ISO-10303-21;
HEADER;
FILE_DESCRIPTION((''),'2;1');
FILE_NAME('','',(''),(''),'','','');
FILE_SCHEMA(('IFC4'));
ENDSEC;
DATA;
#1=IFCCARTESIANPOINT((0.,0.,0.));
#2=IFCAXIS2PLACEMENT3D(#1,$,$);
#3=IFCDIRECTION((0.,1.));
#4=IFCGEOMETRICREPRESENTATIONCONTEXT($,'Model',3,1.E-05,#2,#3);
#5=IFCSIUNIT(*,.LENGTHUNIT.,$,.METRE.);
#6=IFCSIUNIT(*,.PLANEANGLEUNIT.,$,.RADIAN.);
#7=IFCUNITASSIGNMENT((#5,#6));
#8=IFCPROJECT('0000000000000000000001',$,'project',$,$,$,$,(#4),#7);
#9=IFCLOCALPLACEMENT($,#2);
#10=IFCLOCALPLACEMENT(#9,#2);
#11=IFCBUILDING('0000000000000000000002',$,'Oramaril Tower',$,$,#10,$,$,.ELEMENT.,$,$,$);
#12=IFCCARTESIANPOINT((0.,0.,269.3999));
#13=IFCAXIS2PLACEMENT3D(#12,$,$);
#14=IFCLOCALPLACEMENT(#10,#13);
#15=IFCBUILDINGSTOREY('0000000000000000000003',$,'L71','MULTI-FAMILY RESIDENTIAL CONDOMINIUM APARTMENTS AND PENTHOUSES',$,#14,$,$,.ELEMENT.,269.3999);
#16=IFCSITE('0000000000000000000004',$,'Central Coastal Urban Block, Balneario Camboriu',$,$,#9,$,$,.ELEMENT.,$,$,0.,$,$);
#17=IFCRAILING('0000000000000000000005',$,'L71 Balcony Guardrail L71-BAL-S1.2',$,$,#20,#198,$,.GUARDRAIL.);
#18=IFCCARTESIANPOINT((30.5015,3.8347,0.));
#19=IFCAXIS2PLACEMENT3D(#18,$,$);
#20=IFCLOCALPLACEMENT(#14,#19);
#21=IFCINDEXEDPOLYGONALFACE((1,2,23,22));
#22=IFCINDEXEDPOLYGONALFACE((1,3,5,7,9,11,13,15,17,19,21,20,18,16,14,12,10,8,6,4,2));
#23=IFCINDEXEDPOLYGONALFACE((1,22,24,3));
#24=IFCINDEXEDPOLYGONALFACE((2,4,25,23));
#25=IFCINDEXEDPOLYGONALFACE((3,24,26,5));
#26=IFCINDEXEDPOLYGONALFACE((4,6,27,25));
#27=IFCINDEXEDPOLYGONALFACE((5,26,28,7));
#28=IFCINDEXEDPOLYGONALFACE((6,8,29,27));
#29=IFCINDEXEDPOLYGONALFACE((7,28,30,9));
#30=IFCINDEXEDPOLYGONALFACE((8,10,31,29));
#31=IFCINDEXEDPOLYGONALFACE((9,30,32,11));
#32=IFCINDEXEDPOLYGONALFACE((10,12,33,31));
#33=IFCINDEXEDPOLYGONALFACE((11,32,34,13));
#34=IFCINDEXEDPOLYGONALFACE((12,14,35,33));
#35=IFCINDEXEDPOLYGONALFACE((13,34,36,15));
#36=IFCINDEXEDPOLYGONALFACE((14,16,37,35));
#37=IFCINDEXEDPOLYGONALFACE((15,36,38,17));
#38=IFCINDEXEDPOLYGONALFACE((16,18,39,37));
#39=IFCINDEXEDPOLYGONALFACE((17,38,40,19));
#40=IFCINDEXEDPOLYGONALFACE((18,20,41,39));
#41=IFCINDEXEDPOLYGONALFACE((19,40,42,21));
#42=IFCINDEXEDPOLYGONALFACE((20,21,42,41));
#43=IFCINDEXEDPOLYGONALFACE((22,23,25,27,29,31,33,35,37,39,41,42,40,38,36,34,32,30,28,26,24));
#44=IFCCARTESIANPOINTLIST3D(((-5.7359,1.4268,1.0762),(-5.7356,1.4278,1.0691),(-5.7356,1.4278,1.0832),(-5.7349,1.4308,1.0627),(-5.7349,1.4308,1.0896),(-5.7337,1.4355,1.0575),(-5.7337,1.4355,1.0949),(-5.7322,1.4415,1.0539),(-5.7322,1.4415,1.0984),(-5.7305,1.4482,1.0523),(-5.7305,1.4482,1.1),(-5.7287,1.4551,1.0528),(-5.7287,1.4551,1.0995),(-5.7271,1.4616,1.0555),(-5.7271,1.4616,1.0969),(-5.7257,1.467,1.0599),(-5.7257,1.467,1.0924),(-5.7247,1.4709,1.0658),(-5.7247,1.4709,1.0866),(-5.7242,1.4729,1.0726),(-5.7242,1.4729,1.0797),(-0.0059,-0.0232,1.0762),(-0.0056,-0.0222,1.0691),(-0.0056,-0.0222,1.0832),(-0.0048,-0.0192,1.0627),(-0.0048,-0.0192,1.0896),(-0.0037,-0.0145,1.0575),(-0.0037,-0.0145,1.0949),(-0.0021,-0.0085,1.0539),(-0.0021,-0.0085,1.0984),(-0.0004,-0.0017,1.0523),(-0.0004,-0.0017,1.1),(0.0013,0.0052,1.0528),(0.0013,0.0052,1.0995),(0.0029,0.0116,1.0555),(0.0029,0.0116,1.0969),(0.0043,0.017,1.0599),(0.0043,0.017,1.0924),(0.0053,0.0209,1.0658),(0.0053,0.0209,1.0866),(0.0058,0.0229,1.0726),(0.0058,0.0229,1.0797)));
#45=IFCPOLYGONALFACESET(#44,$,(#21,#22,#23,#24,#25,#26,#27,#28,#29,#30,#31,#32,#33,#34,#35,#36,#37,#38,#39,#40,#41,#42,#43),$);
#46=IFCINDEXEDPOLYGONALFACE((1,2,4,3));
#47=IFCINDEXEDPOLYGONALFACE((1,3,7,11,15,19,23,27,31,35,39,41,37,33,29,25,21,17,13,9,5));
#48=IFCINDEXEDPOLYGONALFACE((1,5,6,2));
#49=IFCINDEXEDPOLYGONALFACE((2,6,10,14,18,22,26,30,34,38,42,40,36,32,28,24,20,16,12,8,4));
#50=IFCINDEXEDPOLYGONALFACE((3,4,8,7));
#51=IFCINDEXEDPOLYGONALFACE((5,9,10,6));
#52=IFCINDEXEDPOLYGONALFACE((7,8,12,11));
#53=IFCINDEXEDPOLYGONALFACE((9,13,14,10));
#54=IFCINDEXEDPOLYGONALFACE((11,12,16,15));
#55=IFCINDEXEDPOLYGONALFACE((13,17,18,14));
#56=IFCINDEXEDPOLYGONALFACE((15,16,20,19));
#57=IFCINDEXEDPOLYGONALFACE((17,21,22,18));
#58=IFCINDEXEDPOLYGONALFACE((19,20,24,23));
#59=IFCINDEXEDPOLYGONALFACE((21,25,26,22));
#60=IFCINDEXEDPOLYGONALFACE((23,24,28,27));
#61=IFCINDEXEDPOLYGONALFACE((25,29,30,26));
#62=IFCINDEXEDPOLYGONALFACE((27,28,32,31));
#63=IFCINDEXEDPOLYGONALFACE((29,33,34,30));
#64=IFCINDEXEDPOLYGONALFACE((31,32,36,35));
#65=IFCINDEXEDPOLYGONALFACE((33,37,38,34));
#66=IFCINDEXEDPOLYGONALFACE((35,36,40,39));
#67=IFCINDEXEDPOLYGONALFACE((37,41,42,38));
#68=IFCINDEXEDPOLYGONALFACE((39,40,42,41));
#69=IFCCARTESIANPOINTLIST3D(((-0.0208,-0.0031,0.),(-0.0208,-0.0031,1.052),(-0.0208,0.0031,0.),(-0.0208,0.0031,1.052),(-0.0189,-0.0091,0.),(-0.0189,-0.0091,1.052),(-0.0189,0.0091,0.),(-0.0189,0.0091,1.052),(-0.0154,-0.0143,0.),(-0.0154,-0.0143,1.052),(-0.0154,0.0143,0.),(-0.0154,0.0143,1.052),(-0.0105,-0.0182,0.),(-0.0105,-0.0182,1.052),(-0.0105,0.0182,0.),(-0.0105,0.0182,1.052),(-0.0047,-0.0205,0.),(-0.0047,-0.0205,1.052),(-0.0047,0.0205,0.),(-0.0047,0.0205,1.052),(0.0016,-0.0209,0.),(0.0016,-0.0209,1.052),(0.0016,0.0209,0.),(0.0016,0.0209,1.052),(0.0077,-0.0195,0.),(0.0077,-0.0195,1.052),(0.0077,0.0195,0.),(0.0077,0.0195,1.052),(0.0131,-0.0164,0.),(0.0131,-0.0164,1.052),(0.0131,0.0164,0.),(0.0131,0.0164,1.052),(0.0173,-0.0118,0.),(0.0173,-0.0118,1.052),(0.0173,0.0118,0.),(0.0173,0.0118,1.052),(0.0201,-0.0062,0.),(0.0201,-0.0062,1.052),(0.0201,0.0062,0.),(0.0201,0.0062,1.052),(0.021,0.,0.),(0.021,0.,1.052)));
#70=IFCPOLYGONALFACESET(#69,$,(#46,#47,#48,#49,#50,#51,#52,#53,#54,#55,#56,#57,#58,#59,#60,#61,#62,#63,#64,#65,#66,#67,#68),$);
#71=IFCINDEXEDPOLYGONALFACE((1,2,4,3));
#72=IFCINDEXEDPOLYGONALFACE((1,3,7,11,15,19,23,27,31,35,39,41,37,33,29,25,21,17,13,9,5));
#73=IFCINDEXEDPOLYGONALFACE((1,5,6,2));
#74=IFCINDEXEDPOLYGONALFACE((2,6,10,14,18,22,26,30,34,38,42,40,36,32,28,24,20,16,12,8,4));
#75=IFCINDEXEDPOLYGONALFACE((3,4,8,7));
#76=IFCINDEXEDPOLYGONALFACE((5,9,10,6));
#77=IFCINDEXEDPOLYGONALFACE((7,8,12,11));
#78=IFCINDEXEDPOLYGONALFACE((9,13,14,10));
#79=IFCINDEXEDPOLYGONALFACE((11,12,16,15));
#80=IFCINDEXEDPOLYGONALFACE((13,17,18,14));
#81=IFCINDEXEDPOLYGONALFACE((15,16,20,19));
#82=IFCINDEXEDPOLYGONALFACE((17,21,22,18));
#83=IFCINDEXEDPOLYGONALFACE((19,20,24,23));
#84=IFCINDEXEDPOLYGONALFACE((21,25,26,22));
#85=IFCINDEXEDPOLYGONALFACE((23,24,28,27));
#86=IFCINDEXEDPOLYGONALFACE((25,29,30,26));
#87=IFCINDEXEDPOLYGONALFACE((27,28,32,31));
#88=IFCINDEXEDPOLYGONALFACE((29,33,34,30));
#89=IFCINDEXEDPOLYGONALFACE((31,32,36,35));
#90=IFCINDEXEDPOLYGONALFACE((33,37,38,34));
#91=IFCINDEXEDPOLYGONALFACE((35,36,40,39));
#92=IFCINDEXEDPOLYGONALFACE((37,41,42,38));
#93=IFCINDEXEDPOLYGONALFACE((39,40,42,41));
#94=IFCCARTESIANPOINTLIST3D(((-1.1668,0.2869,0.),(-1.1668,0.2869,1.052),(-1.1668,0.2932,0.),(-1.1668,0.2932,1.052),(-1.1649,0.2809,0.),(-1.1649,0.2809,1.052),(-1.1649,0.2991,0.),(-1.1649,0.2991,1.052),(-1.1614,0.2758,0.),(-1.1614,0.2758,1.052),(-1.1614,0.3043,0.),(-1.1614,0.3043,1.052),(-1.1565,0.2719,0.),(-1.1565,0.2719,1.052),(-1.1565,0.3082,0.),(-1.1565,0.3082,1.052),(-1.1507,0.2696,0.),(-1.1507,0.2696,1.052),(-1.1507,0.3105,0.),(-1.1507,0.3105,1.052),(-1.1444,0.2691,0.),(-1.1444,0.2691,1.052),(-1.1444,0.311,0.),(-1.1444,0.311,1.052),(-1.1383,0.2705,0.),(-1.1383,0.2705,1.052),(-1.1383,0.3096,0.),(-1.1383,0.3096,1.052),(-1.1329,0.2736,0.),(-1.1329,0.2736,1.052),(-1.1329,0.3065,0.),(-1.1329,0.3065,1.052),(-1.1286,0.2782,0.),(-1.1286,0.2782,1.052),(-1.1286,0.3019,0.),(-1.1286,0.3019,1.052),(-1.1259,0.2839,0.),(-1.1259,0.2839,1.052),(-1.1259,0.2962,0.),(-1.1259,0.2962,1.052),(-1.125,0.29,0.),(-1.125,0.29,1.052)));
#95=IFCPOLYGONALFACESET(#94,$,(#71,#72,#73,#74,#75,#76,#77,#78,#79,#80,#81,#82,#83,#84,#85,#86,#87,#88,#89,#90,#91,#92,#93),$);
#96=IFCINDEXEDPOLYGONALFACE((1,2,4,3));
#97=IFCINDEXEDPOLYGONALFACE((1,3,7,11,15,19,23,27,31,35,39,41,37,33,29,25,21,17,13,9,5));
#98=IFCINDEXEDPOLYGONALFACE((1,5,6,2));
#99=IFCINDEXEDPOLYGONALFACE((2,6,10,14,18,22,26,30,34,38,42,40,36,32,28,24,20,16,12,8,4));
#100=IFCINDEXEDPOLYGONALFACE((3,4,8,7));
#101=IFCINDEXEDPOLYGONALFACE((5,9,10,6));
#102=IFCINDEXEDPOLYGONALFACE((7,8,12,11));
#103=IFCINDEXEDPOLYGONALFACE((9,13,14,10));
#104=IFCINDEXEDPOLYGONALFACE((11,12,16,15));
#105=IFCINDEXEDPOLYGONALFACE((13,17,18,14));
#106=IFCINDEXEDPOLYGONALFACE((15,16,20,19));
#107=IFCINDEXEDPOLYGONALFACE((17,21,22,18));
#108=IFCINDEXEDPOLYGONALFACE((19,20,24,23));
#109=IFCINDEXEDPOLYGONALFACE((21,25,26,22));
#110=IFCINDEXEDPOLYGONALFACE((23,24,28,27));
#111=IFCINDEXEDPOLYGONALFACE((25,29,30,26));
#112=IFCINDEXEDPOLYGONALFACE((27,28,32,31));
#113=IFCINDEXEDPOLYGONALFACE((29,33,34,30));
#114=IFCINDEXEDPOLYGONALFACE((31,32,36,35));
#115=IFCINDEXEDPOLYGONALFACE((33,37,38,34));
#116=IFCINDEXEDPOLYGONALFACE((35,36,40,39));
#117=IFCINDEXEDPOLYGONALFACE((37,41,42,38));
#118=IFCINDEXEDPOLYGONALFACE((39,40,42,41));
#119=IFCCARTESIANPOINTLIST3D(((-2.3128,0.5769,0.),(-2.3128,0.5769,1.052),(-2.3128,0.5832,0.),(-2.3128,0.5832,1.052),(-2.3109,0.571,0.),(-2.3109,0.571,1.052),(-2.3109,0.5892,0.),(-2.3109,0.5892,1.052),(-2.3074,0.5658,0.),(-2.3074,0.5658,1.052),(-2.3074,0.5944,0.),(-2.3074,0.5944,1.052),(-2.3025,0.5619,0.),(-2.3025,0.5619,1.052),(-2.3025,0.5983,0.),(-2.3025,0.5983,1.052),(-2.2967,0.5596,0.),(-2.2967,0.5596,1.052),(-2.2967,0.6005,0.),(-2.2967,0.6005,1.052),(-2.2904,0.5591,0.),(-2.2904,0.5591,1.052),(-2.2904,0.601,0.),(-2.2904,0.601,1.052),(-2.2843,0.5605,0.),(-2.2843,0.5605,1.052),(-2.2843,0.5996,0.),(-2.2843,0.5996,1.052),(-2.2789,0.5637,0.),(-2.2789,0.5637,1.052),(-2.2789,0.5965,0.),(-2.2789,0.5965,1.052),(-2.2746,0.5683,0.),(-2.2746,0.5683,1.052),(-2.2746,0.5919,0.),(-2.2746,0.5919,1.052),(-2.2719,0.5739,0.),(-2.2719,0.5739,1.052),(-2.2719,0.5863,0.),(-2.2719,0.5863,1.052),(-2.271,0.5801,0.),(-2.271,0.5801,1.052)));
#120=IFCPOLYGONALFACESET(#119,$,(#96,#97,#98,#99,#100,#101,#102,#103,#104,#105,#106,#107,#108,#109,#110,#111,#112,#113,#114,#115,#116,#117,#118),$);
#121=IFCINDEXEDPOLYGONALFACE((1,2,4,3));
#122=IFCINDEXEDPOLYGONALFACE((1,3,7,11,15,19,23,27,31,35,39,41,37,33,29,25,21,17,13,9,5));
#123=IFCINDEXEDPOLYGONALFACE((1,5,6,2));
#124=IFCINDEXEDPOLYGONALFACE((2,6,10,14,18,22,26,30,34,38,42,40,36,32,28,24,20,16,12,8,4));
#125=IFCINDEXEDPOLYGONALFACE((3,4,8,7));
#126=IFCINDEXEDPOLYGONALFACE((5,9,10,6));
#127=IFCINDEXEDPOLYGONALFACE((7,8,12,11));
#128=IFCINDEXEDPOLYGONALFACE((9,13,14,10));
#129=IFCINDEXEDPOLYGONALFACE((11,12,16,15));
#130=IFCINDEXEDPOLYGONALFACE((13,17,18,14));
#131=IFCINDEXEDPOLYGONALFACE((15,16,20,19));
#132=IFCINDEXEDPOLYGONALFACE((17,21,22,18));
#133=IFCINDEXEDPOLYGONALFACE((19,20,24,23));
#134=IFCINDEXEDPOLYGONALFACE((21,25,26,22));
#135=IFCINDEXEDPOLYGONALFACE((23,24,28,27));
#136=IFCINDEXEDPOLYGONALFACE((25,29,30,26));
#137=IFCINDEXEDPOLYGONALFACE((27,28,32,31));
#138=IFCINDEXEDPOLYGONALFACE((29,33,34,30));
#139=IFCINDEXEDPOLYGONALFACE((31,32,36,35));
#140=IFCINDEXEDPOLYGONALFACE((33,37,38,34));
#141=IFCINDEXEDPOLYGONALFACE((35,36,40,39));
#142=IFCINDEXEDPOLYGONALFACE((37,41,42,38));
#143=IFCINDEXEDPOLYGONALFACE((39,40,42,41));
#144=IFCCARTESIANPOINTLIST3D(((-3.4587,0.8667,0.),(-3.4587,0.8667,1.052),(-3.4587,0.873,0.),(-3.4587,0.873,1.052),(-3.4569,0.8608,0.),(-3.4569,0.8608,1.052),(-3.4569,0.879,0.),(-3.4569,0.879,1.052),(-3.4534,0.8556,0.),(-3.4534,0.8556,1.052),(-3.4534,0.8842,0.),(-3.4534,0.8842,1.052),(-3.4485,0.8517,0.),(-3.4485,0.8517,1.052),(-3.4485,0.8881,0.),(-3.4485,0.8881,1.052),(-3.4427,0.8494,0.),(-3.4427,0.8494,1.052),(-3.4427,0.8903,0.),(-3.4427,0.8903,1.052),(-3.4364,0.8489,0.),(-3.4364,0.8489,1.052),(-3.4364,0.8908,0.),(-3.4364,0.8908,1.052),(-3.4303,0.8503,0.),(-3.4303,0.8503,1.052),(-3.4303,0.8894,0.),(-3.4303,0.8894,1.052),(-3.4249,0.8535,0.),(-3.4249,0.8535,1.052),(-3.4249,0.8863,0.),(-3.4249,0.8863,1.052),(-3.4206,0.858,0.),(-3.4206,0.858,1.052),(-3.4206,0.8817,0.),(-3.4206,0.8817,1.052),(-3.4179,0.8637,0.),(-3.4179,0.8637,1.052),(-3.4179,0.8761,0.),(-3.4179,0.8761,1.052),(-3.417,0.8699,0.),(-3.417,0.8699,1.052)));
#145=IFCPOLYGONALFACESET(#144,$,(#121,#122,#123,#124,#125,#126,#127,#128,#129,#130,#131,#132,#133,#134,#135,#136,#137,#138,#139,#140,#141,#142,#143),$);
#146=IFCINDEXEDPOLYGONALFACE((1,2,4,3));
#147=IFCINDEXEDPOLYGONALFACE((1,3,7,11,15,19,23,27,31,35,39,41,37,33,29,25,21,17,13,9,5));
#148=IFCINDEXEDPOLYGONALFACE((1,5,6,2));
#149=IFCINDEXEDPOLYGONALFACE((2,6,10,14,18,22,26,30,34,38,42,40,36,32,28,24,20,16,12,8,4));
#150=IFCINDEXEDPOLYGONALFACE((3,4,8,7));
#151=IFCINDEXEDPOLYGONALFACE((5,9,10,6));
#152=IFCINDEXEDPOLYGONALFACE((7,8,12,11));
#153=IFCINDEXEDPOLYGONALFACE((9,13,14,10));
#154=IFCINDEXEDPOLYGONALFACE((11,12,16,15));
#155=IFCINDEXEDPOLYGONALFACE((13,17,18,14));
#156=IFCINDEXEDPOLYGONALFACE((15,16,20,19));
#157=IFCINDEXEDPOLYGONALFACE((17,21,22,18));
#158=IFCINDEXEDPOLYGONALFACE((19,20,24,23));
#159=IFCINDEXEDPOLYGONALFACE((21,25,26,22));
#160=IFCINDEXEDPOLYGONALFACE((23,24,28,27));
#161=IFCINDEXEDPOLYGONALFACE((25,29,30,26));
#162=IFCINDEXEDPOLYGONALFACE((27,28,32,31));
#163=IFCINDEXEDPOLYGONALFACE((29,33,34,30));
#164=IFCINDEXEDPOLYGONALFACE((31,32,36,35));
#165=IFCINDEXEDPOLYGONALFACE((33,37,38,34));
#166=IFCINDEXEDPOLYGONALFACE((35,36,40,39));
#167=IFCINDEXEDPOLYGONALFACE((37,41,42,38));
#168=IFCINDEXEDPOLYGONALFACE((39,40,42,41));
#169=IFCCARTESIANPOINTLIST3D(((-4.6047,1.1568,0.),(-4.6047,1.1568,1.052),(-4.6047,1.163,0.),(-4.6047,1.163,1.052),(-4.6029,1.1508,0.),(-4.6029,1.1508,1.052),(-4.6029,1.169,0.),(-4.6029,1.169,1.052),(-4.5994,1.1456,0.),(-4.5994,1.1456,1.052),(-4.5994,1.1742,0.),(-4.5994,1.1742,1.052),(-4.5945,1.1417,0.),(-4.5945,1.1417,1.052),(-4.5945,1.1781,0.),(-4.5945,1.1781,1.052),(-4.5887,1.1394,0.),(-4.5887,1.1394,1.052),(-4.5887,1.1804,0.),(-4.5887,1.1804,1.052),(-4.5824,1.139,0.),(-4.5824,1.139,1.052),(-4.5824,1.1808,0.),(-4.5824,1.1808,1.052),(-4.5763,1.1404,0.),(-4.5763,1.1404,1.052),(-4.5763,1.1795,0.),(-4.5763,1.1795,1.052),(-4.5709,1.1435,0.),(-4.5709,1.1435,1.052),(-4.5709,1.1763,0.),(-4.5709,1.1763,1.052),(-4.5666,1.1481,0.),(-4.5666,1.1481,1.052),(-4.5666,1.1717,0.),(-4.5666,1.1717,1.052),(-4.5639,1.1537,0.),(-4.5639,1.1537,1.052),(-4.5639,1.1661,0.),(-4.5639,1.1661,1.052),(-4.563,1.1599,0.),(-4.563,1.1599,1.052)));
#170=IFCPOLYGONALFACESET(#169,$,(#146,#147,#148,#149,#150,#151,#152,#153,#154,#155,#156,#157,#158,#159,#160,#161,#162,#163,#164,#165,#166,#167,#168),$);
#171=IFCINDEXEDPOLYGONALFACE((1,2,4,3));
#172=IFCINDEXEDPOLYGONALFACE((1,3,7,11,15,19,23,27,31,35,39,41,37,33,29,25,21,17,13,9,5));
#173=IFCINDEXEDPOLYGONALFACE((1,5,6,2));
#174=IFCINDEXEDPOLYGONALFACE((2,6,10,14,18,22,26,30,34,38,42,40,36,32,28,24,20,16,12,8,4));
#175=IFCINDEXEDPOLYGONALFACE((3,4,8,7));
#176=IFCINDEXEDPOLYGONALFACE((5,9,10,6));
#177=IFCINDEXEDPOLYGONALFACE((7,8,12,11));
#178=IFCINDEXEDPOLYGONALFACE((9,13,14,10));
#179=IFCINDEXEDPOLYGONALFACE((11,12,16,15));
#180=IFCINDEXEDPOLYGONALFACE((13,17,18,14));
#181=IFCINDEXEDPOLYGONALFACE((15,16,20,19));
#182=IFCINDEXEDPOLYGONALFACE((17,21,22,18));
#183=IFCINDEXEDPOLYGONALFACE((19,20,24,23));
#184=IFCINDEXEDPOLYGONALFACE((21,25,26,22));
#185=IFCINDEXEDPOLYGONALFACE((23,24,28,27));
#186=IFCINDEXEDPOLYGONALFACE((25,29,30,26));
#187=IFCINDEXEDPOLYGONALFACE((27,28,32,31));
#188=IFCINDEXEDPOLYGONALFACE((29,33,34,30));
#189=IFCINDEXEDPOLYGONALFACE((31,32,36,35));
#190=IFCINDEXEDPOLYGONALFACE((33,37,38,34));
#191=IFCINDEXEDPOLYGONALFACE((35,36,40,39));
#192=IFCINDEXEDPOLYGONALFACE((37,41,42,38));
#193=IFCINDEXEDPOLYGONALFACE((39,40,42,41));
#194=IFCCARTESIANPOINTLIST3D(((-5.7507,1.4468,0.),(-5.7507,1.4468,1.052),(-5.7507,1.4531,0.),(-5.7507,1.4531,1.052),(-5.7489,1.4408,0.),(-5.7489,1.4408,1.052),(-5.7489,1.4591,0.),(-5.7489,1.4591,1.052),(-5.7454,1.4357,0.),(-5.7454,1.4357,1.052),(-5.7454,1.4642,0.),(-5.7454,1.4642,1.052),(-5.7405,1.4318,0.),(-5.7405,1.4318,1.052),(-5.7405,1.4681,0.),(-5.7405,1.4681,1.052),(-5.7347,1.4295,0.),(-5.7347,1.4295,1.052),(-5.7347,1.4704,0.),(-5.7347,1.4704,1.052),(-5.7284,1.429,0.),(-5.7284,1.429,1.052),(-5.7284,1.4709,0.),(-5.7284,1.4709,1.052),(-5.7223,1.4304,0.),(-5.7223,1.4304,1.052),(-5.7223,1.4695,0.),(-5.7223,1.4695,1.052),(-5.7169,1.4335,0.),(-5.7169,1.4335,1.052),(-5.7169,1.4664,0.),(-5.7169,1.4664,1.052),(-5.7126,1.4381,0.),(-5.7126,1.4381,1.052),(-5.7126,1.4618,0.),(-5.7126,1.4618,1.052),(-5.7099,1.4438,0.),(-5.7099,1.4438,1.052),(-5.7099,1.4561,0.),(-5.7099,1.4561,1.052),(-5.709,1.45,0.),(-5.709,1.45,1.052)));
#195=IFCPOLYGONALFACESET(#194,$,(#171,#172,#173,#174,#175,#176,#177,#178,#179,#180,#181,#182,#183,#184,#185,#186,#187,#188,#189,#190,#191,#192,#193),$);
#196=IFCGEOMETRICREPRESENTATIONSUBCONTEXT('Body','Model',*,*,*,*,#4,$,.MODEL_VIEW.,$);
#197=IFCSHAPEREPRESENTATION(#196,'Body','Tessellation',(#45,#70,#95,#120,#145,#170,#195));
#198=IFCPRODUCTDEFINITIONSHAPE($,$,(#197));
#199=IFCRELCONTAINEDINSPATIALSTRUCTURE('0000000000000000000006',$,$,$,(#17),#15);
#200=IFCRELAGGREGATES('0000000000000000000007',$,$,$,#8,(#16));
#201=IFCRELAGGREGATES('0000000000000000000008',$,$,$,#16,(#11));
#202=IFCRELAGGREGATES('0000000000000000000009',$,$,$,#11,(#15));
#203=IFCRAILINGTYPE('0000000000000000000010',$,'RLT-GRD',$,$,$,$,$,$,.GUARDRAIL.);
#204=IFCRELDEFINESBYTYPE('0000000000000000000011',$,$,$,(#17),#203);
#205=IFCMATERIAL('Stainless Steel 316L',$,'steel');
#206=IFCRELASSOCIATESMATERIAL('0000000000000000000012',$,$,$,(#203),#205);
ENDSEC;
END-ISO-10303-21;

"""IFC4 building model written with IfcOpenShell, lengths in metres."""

from ifc_helpers import new_model, si_unit, direction, frame, origin, origin_2d, place, context, subcontext, project, spatial, circle, extrude, material, type_object, element, save


model = new_model("IFC4")

# Units and contexts
model_context = context("Model", 3, precision=1e-05, world=origin(), true_north=direction((0.0, 1.0)))
body_context = subcontext(model_context, "Body", "Model", "MODEL_VIEW")
ifc_project = project(units=[si_unit("LENGTHUNIT", "METRE"), si_unit("PLANEANGLEUNIT", "RADIAN")], contexts=[model_context])

# Site, building, storey
site_placement = place(None, origin())
site = spatial("IfcSite", under=ifc_project, at=site_placement, Name="Central Coastal Urban Block, Balneario Camboriu", CompositionType="ELEMENT", RefElevation=0.0)
building_placement = place(site_placement, origin())
building = spatial("IfcBuilding", under=site, at=building_placement, Name="Oramaril Tower", CompositionType="ELEMENT")
storey_placement = place(building_placement, frame((0.0, 0.0, 269.3999)))
storey = spatial("IfcBuildingStorey", under=building, at=storey_placement, Name="L71", Description="MULTI-FAMILY RESIDENTIAL CONDOMINIUM APARTMENTS AND PENTHOUSES", CompositionType="ELEMENT", Elevation=269.3999)

# Railing
ifc_material_1 = material(Name="Stainless Steel 316L", Category="steel")
railing_type = type_object("IfcRailingType", Name="RLT-GRD", PredefinedType="GUARDRAIL", material=ifc_material_1)
railing_1_placement = place(storey_placement, frame((30.5015, 3.8347, 0.0)))
element("IfcRailing", 1, at=railing_1_placement, inside=storey, type_object=railing_type, Name="L71 Balcony Guardrail L71-BAL-S1.2", PredefinedType="GUARDRAIL", context=body_context, shape_type="SweptSolid", body=[
    extrude(circle(Radius=0.0239, at=origin_2d()), frame((0.0, 0.0, 1.0762), z_axis=(-0.969444, 0.245314, 0.0), x_axis=(-0.245314, -0.969444, 0.0)), (0.0, 0.0, 1.0), 5.9106),
    extrude(circle(Radius=0.021, at=origin_2d()), origin(), (0.0, 0.0, 1.0), 1.052),
    extrude(circle(Radius=0.021, at=origin_2d()), frame((-1.146, 0.29, 0.0)), (0.0, 0.0, 1.0), 1.052),
    extrude(circle(Radius=0.021, at=origin_2d()), frame((-2.292, 0.5801, 0.0)), (0.0, 0.0, 1.0), 1.052),
    extrude(circle(Radius=0.021, at=origin_2d()), frame((-3.438, 0.8699, 0.0)), (0.0, 0.0, 1.0), 1.052),
    extrude(circle(Radius=0.021, at=origin_2d()), frame((-4.584, 1.1599, 0.0)), (0.0, 0.0, 1.0), 1.052),
    extrude(circle(Radius=0.021, at=origin_2d()), frame((-5.73, 1.45, 0.0)), (0.0, 0.0, 1.0), 1.052),
])

save(model, "model.ifc")
